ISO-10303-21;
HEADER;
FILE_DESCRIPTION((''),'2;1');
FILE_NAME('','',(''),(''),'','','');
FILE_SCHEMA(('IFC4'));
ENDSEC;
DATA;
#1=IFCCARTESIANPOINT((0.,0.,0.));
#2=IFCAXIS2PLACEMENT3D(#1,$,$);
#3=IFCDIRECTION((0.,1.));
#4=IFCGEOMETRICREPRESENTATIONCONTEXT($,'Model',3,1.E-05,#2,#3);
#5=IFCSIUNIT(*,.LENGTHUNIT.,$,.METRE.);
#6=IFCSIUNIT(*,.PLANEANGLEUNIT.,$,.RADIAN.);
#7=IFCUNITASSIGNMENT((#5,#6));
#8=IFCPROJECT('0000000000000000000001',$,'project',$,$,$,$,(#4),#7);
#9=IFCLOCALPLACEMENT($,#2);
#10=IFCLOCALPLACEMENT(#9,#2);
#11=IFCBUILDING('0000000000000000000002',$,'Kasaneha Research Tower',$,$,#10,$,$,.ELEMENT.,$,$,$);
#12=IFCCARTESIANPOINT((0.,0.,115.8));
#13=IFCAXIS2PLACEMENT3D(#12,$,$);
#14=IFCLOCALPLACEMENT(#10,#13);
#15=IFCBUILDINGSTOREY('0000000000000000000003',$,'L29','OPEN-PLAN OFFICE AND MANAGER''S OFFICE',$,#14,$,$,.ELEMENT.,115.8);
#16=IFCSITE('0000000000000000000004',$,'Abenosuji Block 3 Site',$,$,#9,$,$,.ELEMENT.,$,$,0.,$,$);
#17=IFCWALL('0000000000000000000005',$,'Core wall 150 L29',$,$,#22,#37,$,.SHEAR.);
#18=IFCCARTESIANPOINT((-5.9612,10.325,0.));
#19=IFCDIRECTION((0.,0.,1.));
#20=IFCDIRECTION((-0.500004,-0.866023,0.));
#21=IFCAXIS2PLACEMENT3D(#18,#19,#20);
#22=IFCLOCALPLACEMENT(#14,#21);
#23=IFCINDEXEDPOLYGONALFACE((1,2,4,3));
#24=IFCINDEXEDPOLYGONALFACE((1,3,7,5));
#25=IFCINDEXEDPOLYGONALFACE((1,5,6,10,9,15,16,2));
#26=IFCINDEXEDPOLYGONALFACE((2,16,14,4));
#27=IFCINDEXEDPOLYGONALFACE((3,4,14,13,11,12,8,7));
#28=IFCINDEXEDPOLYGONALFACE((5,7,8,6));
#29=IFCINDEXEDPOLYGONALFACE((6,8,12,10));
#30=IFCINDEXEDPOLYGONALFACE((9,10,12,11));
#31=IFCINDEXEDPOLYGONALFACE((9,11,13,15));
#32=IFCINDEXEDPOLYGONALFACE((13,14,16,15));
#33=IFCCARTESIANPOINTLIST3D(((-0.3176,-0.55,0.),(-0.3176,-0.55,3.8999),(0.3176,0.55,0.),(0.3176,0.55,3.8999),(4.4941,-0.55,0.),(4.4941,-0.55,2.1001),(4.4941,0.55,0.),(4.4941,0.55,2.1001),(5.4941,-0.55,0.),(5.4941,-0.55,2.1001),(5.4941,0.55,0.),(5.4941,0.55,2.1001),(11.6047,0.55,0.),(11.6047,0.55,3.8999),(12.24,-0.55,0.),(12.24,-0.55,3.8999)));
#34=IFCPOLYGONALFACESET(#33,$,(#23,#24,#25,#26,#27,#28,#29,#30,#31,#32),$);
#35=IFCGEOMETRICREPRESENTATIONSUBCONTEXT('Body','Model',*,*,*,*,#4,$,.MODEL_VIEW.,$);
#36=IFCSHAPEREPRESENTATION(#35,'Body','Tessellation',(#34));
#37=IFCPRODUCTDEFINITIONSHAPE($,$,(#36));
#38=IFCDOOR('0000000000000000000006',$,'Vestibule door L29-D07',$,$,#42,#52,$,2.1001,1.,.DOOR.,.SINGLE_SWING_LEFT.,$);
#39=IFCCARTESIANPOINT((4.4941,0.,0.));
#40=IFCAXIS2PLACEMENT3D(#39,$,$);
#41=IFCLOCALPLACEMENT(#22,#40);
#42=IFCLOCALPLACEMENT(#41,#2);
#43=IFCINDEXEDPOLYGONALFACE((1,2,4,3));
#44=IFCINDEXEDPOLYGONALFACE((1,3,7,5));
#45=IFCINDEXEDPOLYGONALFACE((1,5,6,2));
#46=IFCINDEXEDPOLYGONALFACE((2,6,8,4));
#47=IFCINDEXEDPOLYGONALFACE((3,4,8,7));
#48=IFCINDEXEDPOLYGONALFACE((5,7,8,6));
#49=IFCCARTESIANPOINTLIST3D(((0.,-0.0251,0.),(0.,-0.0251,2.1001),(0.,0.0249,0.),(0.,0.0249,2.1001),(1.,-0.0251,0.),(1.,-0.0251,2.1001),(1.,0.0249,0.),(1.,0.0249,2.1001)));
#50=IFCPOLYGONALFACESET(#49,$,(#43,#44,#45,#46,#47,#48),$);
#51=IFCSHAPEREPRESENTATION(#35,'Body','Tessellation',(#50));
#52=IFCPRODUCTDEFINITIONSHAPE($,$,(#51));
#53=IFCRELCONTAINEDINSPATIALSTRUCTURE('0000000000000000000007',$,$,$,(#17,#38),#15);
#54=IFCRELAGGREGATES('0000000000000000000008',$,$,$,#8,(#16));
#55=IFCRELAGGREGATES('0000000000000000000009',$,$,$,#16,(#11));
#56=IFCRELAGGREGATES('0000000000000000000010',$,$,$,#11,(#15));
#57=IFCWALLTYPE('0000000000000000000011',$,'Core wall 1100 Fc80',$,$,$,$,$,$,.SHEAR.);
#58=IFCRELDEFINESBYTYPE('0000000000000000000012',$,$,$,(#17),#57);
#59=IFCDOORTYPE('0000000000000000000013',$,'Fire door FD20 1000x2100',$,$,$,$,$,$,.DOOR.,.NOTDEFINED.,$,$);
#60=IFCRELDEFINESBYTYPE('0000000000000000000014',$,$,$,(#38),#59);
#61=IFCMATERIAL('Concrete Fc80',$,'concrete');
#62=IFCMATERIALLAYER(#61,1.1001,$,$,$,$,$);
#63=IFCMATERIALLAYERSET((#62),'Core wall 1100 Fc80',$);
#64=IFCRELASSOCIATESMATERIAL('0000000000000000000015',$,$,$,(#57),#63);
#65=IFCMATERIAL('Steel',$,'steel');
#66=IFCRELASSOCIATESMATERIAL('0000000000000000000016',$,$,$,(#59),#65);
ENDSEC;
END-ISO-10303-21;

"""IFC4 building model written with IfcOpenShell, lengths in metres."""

from ifc_helpers import new_model, si_unit, direction, frame, frame_2d, origin, place, context, subcontext, project, spatial, polyline, rectangle, outline, extrude, material, layer, layer_set, type_object, element, fill, save


model = new_model("IFC4")

# Units and contexts
model_context = context("Model", 3, precision=1e-05, world=origin(), true_north=direction((0.0, 1.0)))
body_context = subcontext(model_context, "Body", "Model", "MODEL_VIEW")
ifc_project = project(units=[si_unit("LENGTHUNIT", "METRE"), si_unit("PLANEANGLEUNIT", "RADIAN")], contexts=[model_context])

# Site, building, storey
site_placement = place(None, origin())
site = spatial("IfcSite", under=ifc_project, at=site_placement, Name="Abenosuji Block 3 Site", CompositionType="ELEMENT", RefElevation=0.0)
building_placement = place(site_placement, origin())
building = spatial("IfcBuilding", under=site, at=building_placement, Name="Kasaneha Research Tower", CompositionType="ELEMENT")
storey_placement = place(building_placement, frame((0.0, 0.0, 115.8)))
storey = spatial("IfcBuildingStorey", under=building, at=storey_placement, Name="L29", Description="OPEN-PLAN OFFICE AND MANAGER'S OFFICE", CompositionType="ELEMENT", Elevation=115.8)

# Wall, opening, door
ifc_material_1 = material(Name="Concrete Fc80", Category="concrete")
ifc_layer_1 = layer(ifc_material_1, 1.1001)
ifc_layer_set_1 = layer_set([ifc_layer_1], Name="Core wall 1100 Fc80")
wall_type_1 = type_object("IfcWallType", Name="Core wall 1100 Fc80", PredefinedType="SHEAR", material=ifc_layer_set_1)
wall_1_placement = place(storey_placement, frame((-5.9612, 10.325, 0.0), z_axis=(0.0, 0.0, 1.0), x_axis=(-0.500004, -0.866023, 0.0)))
wall_1 = element("IfcWall", 1, at=wall_1_placement, inside=storey, type_object=wall_type_1, Name="Core wall 150 L29", PredefinedType="SHEAR", context=body_context, shape_type="SweptSolid", body=[
    extrude(outline(polyline([(-0.3176, -0.55), (4.4941, -0.55), (5.4941, -0.55), (12.24, -0.55), (11.6047, 0.55), (5.4941, 0.55), (4.4941, 0.55), (0.3176, 0.55), (-0.3176, -0.55)])), origin(), (0.0, 0.0, 1.0), 3.8999),
])
opening_1_placement = place(wall_1_placement, frame((4.4941, 0.0, 0.0)))
opening_1 = element("IfcOpeningElement", 2, at=opening_1_placement, cuts=wall_1, PredefinedType="OPENING", context=body_context, shape_type="SweptSolid", body=[
    extrude(rectangle(XDim=1.0, YDim=2.1001, at=frame_2d((0.5, 1.05))), frame((0.0, 0.5601, 0.0), z_axis=(0.0, -1.0, 0.0), x_axis=(1.0, 0.0, 0.0)), (0.0, 0.0, 1.0), 1.1201),
])
ifc_material_2 = material(Name="Steel", Category="steel")
door_type_1 = type_object("IfcDoorType", Name="Fire door FD20 1000x2100", OperationType="NOTDEFINED", PredefinedType="DOOR", material=ifc_material_2)
door_1_placement = place(opening_1_placement, origin())
door_1 = element("IfcDoor", 3, at=door_1_placement, inside=storey, type_object=door_type_1, Name="Vestibule door L29-D07", OperationType="SINGLE_SWING_LEFT", OverallHeight=2.1001, OverallWidth=1.0, PredefinedType="DOOR", context=body_context, shape_type="SweptSolid", body=[
    extrude(rectangle(XDim=1.0, YDim=2.1001, at=frame_2d((0.5, 1.05))), frame((0.0, 0.0249, 0.0), z_axis=(0.0, -1.0, 0.0), x_axis=(1.0, 0.0, 0.0)), (0.0, 0.0, 1.0), 0.05),
])
fill(opening_1, door_1)

save(model, "model.ifc")
